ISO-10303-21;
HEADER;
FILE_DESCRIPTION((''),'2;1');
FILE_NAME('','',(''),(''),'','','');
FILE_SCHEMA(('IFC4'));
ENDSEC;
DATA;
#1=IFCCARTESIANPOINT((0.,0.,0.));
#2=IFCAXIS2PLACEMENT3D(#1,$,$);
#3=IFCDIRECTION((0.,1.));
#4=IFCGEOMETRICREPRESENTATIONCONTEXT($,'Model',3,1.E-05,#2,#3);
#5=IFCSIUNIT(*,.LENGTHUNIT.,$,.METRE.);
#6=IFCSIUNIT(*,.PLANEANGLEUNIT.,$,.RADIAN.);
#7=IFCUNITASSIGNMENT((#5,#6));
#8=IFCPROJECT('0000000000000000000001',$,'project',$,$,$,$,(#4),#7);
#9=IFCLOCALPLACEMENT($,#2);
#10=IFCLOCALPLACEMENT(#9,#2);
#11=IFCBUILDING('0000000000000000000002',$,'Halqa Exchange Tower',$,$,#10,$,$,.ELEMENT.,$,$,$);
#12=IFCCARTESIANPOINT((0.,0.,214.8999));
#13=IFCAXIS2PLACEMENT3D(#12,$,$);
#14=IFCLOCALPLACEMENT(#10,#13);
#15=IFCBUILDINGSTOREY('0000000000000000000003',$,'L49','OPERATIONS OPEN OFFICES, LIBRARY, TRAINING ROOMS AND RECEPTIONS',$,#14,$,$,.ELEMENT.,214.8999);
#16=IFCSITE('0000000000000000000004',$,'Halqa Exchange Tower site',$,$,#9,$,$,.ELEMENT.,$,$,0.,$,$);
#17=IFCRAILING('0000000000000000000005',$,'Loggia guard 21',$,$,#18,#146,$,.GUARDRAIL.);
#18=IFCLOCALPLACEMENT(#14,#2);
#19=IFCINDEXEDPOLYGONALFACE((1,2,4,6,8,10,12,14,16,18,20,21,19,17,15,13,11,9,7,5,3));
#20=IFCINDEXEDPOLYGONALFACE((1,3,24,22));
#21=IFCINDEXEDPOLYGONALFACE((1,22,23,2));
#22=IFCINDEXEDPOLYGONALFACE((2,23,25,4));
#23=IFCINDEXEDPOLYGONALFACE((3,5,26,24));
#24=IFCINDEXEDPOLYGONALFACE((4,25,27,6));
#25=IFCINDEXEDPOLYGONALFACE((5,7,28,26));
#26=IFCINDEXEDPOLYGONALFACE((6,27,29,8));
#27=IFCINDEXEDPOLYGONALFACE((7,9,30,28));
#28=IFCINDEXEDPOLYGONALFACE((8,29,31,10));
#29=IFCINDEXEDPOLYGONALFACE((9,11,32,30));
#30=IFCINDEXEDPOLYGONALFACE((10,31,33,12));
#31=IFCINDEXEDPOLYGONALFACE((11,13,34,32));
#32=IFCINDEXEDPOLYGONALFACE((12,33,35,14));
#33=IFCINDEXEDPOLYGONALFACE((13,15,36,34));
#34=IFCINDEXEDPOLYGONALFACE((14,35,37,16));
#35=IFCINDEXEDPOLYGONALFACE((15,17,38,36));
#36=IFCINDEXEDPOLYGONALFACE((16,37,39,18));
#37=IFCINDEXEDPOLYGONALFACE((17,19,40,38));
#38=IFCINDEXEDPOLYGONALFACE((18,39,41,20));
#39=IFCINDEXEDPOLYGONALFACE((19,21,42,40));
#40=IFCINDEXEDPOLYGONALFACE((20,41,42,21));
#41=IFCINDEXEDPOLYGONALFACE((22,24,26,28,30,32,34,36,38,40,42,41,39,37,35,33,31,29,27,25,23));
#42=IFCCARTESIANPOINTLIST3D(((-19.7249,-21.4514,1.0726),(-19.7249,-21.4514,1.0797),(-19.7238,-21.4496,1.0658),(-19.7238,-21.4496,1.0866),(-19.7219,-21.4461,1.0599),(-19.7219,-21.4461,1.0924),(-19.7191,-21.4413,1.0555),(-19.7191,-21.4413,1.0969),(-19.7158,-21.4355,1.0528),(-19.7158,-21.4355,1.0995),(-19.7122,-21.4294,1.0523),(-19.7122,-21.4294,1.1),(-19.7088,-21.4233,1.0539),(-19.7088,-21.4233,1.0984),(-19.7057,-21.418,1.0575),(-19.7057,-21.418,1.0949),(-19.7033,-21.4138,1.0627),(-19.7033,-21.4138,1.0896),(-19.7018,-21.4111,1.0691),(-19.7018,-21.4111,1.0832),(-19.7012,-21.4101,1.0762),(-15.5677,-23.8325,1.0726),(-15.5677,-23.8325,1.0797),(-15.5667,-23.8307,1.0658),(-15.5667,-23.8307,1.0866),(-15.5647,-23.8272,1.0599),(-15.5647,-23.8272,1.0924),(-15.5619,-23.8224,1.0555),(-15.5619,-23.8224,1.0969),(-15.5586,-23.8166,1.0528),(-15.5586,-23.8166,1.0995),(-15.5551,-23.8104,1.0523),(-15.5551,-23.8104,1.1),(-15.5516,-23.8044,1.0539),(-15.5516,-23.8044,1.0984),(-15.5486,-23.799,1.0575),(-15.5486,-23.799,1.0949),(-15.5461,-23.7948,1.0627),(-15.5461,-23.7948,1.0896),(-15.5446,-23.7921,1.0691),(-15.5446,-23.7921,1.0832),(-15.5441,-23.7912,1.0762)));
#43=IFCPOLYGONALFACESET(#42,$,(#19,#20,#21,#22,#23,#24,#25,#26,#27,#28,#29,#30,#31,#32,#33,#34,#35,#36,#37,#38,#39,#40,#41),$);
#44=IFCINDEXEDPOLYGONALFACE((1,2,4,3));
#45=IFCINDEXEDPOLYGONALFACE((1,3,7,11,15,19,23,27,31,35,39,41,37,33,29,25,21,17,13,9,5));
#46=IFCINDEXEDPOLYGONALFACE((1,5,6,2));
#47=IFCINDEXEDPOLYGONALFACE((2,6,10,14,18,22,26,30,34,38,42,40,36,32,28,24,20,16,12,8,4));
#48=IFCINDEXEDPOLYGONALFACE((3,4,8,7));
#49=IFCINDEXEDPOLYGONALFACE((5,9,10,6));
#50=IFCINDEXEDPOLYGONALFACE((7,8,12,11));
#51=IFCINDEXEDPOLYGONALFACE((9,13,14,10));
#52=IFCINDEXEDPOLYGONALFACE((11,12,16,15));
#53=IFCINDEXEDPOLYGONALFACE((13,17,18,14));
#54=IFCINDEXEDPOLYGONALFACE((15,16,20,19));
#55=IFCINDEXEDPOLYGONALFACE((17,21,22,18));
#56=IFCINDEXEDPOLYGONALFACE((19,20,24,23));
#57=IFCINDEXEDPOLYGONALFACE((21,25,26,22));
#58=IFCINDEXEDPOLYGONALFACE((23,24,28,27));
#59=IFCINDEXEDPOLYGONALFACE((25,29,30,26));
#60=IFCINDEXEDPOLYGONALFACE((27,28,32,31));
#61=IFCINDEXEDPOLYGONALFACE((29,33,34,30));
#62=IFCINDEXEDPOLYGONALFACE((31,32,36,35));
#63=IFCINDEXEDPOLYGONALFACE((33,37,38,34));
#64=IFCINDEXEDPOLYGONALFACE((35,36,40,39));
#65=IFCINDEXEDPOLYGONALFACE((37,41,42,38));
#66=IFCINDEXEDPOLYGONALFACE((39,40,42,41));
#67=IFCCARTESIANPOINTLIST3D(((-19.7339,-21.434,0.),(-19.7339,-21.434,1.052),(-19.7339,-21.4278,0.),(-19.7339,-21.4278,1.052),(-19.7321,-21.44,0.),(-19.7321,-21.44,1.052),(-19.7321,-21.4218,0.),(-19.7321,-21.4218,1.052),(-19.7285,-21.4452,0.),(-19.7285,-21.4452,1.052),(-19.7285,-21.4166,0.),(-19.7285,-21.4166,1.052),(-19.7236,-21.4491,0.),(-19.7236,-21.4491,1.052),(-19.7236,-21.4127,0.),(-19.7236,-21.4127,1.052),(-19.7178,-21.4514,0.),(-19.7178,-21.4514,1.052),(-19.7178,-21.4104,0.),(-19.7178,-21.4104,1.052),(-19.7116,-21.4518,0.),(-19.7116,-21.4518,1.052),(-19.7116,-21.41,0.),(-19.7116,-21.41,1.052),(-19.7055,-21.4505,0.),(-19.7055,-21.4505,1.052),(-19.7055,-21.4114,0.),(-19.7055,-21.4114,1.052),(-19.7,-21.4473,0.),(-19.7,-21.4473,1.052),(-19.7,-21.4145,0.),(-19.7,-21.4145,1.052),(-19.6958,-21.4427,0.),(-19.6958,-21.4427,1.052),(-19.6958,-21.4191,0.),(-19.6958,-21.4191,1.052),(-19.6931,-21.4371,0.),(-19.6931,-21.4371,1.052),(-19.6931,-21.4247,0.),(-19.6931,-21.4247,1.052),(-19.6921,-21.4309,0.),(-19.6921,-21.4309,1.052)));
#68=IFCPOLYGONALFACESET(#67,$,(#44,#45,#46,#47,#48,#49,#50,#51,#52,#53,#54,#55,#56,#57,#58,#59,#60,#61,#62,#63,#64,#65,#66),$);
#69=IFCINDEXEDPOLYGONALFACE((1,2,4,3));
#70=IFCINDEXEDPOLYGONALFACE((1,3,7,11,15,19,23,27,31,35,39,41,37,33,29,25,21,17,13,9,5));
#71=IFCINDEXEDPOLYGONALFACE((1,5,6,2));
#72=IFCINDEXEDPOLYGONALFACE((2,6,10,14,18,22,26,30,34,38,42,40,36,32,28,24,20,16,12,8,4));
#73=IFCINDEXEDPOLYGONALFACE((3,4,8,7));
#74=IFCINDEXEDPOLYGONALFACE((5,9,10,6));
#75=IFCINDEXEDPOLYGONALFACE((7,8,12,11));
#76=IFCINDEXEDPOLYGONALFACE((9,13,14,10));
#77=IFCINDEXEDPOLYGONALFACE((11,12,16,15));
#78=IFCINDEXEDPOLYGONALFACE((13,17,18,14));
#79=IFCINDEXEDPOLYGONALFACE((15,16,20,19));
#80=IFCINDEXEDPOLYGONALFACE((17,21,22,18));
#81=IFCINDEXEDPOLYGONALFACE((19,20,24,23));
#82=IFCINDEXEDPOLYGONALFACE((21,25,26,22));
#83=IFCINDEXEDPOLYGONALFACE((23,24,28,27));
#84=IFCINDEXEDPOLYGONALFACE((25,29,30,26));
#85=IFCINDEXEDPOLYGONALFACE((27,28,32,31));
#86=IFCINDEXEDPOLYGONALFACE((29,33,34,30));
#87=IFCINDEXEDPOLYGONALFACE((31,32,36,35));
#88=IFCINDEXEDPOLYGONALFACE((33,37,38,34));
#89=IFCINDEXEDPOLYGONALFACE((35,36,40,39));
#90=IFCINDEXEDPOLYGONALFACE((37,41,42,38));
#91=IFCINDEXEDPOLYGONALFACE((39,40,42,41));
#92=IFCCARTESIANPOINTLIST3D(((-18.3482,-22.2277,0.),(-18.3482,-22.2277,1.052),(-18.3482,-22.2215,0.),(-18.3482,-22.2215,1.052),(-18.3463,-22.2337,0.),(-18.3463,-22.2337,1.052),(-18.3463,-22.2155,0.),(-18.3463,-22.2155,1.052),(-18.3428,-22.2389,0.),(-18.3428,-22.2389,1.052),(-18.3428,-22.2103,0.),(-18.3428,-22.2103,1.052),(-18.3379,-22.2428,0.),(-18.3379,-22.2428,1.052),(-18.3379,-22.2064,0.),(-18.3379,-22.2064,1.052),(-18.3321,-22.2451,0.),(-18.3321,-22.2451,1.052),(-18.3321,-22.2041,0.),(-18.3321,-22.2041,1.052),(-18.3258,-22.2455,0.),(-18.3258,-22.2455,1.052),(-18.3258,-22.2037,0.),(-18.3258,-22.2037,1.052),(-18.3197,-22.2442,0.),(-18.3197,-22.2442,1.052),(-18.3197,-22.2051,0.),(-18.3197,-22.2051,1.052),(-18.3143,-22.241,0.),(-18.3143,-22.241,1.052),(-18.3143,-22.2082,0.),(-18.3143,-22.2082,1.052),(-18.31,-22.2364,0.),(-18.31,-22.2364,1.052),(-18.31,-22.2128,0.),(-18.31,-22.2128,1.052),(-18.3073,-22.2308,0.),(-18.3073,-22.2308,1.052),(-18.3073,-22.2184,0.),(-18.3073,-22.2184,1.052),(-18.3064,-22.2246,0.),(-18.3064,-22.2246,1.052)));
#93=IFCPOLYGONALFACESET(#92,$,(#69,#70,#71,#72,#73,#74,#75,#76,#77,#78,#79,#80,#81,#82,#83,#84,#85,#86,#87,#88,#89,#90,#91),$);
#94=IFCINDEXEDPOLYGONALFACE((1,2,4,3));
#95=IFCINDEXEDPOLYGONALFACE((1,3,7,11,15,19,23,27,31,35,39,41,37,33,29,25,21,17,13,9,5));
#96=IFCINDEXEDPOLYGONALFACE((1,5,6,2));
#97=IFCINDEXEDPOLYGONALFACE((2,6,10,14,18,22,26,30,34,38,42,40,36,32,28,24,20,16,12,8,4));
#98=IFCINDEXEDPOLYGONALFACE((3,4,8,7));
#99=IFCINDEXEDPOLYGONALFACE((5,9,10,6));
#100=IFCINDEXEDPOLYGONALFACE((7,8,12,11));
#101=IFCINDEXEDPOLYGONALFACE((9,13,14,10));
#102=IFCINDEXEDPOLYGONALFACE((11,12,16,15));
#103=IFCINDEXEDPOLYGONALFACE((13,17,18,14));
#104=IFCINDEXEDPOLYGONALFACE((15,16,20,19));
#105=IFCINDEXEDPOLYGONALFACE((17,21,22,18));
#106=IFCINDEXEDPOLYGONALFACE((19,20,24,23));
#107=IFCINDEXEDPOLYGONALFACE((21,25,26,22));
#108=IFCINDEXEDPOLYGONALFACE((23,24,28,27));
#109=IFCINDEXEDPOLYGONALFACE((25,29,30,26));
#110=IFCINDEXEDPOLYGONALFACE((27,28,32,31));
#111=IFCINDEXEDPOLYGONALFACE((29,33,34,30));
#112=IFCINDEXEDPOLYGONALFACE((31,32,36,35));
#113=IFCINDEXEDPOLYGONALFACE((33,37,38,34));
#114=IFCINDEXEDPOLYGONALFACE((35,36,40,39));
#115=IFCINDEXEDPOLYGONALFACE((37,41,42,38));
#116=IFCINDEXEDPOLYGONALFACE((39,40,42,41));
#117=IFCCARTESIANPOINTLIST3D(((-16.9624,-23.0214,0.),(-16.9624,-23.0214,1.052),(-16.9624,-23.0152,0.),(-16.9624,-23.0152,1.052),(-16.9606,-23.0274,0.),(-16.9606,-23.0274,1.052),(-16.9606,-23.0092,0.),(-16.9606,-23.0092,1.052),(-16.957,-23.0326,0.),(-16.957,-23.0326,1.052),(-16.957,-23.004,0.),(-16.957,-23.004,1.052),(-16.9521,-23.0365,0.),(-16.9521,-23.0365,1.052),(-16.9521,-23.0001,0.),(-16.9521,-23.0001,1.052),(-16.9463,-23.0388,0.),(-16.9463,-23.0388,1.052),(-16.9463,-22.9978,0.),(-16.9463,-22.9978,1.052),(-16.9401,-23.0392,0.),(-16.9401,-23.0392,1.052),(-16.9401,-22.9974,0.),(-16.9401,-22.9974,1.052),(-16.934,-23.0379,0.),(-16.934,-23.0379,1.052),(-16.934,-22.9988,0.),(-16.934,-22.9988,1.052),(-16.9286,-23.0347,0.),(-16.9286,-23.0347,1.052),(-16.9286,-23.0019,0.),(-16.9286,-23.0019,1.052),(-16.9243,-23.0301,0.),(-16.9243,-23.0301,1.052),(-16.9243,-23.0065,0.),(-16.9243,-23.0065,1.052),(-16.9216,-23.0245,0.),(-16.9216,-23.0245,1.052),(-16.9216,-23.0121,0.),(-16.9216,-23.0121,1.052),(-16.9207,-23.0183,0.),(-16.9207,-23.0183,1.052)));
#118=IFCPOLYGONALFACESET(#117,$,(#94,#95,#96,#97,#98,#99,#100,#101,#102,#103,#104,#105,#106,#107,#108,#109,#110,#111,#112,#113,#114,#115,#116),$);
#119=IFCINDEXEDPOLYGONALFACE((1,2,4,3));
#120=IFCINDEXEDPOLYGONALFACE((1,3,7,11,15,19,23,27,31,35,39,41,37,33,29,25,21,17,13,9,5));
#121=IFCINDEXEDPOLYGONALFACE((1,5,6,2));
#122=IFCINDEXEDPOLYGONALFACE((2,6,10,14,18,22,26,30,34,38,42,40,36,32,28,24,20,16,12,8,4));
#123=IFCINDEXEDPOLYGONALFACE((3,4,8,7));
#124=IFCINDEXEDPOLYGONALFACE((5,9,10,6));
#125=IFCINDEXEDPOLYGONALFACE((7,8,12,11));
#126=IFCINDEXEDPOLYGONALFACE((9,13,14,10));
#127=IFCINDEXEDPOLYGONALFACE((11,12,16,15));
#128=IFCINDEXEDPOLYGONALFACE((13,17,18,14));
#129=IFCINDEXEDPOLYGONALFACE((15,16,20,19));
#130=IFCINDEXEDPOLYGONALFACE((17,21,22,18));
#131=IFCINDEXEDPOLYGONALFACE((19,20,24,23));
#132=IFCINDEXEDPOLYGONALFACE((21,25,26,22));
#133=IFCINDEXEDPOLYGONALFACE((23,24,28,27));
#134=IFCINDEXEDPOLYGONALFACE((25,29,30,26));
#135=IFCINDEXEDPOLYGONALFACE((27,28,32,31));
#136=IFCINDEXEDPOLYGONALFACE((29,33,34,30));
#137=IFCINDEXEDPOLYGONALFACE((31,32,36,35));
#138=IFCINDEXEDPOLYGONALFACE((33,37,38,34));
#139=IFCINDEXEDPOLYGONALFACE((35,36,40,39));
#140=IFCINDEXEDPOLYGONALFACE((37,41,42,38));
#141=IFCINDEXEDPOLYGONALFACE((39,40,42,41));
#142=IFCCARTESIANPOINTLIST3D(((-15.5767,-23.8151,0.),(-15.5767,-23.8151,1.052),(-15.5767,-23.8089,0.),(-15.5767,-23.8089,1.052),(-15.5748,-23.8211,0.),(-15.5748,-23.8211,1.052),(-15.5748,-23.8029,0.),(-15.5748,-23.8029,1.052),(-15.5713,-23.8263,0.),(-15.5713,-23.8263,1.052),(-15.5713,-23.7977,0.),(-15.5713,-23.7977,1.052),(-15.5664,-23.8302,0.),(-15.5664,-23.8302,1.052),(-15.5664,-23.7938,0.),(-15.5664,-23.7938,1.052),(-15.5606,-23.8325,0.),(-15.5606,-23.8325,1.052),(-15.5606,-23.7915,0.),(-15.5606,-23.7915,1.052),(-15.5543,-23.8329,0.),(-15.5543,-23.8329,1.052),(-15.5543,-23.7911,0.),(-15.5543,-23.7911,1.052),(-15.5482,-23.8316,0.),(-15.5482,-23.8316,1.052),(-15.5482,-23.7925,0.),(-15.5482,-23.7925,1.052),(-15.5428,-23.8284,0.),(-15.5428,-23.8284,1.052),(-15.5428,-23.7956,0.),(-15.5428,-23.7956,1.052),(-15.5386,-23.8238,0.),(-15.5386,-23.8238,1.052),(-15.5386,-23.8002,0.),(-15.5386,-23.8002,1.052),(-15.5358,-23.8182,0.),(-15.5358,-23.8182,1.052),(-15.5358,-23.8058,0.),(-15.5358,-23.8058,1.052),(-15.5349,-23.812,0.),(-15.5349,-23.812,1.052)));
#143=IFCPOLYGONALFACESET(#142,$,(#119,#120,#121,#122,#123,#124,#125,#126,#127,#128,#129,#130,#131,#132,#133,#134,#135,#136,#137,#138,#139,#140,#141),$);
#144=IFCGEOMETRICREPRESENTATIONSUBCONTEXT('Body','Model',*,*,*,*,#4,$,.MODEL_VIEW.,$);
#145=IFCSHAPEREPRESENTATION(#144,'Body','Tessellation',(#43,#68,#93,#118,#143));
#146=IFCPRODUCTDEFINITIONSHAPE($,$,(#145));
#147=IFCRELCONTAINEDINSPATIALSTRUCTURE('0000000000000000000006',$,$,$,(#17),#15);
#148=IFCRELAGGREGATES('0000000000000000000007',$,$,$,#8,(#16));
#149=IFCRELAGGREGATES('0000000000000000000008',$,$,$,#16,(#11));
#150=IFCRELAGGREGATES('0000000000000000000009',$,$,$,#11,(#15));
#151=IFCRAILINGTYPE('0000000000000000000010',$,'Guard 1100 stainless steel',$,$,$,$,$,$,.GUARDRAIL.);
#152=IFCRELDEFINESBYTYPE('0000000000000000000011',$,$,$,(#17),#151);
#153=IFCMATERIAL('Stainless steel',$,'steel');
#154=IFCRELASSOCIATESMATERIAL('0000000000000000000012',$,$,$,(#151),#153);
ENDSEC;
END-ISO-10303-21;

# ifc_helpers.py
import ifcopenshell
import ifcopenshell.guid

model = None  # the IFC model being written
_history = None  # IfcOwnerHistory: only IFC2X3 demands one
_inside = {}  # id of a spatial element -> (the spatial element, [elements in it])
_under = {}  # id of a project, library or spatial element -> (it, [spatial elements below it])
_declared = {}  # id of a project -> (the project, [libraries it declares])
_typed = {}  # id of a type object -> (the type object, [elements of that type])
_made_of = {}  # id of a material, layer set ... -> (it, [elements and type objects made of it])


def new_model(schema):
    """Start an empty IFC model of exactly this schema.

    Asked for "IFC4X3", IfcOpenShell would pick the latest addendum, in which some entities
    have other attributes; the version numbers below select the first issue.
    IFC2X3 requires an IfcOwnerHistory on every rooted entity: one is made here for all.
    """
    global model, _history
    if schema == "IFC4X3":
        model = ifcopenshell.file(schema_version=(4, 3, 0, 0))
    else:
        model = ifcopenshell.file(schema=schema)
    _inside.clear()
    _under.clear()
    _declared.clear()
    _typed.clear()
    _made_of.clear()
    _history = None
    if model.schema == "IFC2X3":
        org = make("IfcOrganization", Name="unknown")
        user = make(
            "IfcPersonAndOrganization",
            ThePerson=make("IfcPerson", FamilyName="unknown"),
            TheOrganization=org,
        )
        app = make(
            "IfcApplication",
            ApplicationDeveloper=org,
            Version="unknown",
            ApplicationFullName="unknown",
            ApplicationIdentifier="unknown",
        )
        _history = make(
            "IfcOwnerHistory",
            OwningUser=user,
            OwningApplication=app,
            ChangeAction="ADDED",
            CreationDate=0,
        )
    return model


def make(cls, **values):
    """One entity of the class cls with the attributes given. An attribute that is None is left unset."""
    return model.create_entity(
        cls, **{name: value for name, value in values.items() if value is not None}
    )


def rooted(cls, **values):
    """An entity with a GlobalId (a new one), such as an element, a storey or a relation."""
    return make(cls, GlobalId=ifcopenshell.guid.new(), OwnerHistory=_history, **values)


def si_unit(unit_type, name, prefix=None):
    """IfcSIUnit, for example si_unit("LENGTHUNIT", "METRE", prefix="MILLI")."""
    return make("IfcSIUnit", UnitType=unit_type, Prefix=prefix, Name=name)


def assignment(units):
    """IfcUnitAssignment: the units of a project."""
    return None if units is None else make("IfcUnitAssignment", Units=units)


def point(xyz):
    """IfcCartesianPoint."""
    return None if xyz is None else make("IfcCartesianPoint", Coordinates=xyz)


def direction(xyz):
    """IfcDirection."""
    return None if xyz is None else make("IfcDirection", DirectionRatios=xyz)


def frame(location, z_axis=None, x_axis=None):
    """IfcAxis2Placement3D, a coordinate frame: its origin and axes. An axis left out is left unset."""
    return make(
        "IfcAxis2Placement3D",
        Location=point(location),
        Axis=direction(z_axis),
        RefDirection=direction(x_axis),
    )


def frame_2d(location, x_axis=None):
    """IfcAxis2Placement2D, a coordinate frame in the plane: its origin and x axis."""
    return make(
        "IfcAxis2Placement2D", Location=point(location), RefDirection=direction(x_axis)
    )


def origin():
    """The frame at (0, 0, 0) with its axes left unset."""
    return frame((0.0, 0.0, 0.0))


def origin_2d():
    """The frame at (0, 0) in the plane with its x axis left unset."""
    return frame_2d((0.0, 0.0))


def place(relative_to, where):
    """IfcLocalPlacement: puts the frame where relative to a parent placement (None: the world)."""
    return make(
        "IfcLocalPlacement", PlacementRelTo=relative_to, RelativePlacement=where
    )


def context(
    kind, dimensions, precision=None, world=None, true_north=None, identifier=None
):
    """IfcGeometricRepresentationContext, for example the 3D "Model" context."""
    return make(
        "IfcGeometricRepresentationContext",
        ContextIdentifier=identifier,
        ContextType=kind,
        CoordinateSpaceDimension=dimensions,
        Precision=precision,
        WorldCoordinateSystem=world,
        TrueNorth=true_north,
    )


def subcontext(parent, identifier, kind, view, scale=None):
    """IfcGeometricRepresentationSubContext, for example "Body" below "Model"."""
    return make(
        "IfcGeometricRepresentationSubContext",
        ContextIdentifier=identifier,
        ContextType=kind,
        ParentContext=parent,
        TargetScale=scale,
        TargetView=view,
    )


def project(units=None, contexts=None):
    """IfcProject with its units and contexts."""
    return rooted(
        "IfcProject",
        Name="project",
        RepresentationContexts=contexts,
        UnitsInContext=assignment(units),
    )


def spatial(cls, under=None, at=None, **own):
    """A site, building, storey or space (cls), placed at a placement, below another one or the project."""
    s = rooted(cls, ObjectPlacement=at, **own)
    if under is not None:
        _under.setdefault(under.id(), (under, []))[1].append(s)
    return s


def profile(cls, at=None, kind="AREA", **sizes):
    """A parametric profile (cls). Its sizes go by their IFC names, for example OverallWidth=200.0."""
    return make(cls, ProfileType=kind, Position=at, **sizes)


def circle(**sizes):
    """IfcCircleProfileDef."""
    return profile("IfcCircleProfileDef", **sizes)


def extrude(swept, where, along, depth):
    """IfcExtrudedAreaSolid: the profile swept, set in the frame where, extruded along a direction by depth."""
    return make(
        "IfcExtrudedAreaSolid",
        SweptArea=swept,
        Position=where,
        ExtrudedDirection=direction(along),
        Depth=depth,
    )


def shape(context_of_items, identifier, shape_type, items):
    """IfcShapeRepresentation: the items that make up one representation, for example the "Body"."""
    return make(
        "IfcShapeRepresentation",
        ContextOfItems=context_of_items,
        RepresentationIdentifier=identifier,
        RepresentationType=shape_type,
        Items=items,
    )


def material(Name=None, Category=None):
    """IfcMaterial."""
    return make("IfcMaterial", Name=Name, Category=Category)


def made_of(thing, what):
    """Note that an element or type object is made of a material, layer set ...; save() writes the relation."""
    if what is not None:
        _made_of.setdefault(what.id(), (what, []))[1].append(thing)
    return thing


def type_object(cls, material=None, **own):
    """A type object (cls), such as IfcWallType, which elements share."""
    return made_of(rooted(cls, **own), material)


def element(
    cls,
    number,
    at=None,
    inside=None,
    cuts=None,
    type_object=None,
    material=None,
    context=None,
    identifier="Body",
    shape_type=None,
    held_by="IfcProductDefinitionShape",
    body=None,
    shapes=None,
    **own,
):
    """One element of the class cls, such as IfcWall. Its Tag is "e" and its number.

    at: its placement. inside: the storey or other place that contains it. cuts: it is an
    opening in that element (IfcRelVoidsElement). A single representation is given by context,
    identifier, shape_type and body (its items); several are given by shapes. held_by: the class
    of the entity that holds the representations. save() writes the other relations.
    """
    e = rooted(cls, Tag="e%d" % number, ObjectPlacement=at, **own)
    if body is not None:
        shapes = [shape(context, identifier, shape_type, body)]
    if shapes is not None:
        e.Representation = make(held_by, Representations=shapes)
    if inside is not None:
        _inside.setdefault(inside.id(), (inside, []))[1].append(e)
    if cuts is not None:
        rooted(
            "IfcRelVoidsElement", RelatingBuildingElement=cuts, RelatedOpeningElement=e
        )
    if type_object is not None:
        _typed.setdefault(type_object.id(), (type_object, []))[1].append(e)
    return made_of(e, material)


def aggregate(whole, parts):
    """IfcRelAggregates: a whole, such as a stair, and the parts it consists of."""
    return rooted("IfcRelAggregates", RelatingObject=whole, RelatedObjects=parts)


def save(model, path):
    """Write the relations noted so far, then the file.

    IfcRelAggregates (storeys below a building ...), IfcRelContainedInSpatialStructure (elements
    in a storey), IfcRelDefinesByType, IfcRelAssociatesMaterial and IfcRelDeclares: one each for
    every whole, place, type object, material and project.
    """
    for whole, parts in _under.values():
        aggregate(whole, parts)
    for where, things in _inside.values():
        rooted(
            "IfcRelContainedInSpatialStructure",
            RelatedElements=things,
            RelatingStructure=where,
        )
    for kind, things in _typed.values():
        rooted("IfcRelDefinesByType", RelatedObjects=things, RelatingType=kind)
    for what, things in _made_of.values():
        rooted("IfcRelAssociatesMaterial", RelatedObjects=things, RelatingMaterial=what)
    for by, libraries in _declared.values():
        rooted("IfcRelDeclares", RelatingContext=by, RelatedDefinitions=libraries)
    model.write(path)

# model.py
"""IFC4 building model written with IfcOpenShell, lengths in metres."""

from ifc_helpers import new_model, si_unit, direction, frame, origin, origin_2d, place, context, subcontext, project, spatial, circle, extrude, material, type_object, element, save


model = new_model("IFC4")

# Units and contexts
model_context = context("Model", 3, precision=1e-05, world=origin(), true_north=direction((0.0, 1.0)))
body_context = subcontext(model_context, "Body", "Model", "MODEL_VIEW")
ifc_project = project(units=[si_unit("LENGTHUNIT", "METRE"), si_unit("PLANEANGLEUNIT", "RADIAN")], contexts=[model_context])

# Site, building, storey
site_placement = place(None, origin())
site = spatial("IfcSite", under=ifc_project, at=site_placement, Name="Halqa Exchange Tower site", CompositionType="ELEMENT", RefElevation=0.0)
building_placement = place(site_placement, origin())
building = spatial("IfcBuilding", under=site, at=building_placement, Name="Halqa Exchange Tower", CompositionType="ELEMENT")
storey_placement = place(building_placement, frame((0.0, 0.0, 214.8999)))
storey = spatial("IfcBuildingStorey", under=building, at=storey_placement, Name="L49", Description="OPERATIONS OPEN OFFICES, LIBRARY, TRAINING ROOMS AND RECEPTIONS", CompositionType="ELEMENT", Elevation=214.8999)

# Railing
ifc_material_1 = material(Name="Stainless steel", Category="steel")
railing_type = type_object("IfcRailingType", Name="Guard 1100 stainless steel", PredefinedType="GUARDRAIL", material=ifc_material_1)
railing_1_placement = place(storey_placement, frame((-19.7131, -21.4309, 0.0)))
element("IfcRailing", 1, at=railing_1_placement, inside=storey, type_object=railing_type, Name="Loggia guard 21", PredefinedType="GUARDRAIL", context=body_context, shape_type="SweptSolid", body=[
    extrude(circle(Radius=0.0239, at=origin_2d()), frame((0.0, 0.0, 1.0762), z_axis=(0.867744, -0.497011, 0.0), x_axis=(0.497011, 0.867744, 0.0)), (0.0, 0.0, 1.0), 4.7908),
    extrude(circle(Radius=0.021, at=origin_2d()), origin(), (0.0, 0.0, 1.0), 1.052),
    extrude(circle(Radius=0.021, at=origin_2d()), frame((1.3857, -0.7937, 0.0)), (0.0, 0.0, 1.0), 1.052),
    extrude(circle(Radius=0.021, at=origin_2d()), frame((2.7715, -1.5874, 0.0)), (0.0, 0.0, 1.0), 1.052),
    extrude(circle(Radius=0.021, at=origin_2d()), frame((4.1572, -2.3811, 0.0)), (0.0, 0.0, 1.0), 1.052),
])

save(model, "model.ifc")
